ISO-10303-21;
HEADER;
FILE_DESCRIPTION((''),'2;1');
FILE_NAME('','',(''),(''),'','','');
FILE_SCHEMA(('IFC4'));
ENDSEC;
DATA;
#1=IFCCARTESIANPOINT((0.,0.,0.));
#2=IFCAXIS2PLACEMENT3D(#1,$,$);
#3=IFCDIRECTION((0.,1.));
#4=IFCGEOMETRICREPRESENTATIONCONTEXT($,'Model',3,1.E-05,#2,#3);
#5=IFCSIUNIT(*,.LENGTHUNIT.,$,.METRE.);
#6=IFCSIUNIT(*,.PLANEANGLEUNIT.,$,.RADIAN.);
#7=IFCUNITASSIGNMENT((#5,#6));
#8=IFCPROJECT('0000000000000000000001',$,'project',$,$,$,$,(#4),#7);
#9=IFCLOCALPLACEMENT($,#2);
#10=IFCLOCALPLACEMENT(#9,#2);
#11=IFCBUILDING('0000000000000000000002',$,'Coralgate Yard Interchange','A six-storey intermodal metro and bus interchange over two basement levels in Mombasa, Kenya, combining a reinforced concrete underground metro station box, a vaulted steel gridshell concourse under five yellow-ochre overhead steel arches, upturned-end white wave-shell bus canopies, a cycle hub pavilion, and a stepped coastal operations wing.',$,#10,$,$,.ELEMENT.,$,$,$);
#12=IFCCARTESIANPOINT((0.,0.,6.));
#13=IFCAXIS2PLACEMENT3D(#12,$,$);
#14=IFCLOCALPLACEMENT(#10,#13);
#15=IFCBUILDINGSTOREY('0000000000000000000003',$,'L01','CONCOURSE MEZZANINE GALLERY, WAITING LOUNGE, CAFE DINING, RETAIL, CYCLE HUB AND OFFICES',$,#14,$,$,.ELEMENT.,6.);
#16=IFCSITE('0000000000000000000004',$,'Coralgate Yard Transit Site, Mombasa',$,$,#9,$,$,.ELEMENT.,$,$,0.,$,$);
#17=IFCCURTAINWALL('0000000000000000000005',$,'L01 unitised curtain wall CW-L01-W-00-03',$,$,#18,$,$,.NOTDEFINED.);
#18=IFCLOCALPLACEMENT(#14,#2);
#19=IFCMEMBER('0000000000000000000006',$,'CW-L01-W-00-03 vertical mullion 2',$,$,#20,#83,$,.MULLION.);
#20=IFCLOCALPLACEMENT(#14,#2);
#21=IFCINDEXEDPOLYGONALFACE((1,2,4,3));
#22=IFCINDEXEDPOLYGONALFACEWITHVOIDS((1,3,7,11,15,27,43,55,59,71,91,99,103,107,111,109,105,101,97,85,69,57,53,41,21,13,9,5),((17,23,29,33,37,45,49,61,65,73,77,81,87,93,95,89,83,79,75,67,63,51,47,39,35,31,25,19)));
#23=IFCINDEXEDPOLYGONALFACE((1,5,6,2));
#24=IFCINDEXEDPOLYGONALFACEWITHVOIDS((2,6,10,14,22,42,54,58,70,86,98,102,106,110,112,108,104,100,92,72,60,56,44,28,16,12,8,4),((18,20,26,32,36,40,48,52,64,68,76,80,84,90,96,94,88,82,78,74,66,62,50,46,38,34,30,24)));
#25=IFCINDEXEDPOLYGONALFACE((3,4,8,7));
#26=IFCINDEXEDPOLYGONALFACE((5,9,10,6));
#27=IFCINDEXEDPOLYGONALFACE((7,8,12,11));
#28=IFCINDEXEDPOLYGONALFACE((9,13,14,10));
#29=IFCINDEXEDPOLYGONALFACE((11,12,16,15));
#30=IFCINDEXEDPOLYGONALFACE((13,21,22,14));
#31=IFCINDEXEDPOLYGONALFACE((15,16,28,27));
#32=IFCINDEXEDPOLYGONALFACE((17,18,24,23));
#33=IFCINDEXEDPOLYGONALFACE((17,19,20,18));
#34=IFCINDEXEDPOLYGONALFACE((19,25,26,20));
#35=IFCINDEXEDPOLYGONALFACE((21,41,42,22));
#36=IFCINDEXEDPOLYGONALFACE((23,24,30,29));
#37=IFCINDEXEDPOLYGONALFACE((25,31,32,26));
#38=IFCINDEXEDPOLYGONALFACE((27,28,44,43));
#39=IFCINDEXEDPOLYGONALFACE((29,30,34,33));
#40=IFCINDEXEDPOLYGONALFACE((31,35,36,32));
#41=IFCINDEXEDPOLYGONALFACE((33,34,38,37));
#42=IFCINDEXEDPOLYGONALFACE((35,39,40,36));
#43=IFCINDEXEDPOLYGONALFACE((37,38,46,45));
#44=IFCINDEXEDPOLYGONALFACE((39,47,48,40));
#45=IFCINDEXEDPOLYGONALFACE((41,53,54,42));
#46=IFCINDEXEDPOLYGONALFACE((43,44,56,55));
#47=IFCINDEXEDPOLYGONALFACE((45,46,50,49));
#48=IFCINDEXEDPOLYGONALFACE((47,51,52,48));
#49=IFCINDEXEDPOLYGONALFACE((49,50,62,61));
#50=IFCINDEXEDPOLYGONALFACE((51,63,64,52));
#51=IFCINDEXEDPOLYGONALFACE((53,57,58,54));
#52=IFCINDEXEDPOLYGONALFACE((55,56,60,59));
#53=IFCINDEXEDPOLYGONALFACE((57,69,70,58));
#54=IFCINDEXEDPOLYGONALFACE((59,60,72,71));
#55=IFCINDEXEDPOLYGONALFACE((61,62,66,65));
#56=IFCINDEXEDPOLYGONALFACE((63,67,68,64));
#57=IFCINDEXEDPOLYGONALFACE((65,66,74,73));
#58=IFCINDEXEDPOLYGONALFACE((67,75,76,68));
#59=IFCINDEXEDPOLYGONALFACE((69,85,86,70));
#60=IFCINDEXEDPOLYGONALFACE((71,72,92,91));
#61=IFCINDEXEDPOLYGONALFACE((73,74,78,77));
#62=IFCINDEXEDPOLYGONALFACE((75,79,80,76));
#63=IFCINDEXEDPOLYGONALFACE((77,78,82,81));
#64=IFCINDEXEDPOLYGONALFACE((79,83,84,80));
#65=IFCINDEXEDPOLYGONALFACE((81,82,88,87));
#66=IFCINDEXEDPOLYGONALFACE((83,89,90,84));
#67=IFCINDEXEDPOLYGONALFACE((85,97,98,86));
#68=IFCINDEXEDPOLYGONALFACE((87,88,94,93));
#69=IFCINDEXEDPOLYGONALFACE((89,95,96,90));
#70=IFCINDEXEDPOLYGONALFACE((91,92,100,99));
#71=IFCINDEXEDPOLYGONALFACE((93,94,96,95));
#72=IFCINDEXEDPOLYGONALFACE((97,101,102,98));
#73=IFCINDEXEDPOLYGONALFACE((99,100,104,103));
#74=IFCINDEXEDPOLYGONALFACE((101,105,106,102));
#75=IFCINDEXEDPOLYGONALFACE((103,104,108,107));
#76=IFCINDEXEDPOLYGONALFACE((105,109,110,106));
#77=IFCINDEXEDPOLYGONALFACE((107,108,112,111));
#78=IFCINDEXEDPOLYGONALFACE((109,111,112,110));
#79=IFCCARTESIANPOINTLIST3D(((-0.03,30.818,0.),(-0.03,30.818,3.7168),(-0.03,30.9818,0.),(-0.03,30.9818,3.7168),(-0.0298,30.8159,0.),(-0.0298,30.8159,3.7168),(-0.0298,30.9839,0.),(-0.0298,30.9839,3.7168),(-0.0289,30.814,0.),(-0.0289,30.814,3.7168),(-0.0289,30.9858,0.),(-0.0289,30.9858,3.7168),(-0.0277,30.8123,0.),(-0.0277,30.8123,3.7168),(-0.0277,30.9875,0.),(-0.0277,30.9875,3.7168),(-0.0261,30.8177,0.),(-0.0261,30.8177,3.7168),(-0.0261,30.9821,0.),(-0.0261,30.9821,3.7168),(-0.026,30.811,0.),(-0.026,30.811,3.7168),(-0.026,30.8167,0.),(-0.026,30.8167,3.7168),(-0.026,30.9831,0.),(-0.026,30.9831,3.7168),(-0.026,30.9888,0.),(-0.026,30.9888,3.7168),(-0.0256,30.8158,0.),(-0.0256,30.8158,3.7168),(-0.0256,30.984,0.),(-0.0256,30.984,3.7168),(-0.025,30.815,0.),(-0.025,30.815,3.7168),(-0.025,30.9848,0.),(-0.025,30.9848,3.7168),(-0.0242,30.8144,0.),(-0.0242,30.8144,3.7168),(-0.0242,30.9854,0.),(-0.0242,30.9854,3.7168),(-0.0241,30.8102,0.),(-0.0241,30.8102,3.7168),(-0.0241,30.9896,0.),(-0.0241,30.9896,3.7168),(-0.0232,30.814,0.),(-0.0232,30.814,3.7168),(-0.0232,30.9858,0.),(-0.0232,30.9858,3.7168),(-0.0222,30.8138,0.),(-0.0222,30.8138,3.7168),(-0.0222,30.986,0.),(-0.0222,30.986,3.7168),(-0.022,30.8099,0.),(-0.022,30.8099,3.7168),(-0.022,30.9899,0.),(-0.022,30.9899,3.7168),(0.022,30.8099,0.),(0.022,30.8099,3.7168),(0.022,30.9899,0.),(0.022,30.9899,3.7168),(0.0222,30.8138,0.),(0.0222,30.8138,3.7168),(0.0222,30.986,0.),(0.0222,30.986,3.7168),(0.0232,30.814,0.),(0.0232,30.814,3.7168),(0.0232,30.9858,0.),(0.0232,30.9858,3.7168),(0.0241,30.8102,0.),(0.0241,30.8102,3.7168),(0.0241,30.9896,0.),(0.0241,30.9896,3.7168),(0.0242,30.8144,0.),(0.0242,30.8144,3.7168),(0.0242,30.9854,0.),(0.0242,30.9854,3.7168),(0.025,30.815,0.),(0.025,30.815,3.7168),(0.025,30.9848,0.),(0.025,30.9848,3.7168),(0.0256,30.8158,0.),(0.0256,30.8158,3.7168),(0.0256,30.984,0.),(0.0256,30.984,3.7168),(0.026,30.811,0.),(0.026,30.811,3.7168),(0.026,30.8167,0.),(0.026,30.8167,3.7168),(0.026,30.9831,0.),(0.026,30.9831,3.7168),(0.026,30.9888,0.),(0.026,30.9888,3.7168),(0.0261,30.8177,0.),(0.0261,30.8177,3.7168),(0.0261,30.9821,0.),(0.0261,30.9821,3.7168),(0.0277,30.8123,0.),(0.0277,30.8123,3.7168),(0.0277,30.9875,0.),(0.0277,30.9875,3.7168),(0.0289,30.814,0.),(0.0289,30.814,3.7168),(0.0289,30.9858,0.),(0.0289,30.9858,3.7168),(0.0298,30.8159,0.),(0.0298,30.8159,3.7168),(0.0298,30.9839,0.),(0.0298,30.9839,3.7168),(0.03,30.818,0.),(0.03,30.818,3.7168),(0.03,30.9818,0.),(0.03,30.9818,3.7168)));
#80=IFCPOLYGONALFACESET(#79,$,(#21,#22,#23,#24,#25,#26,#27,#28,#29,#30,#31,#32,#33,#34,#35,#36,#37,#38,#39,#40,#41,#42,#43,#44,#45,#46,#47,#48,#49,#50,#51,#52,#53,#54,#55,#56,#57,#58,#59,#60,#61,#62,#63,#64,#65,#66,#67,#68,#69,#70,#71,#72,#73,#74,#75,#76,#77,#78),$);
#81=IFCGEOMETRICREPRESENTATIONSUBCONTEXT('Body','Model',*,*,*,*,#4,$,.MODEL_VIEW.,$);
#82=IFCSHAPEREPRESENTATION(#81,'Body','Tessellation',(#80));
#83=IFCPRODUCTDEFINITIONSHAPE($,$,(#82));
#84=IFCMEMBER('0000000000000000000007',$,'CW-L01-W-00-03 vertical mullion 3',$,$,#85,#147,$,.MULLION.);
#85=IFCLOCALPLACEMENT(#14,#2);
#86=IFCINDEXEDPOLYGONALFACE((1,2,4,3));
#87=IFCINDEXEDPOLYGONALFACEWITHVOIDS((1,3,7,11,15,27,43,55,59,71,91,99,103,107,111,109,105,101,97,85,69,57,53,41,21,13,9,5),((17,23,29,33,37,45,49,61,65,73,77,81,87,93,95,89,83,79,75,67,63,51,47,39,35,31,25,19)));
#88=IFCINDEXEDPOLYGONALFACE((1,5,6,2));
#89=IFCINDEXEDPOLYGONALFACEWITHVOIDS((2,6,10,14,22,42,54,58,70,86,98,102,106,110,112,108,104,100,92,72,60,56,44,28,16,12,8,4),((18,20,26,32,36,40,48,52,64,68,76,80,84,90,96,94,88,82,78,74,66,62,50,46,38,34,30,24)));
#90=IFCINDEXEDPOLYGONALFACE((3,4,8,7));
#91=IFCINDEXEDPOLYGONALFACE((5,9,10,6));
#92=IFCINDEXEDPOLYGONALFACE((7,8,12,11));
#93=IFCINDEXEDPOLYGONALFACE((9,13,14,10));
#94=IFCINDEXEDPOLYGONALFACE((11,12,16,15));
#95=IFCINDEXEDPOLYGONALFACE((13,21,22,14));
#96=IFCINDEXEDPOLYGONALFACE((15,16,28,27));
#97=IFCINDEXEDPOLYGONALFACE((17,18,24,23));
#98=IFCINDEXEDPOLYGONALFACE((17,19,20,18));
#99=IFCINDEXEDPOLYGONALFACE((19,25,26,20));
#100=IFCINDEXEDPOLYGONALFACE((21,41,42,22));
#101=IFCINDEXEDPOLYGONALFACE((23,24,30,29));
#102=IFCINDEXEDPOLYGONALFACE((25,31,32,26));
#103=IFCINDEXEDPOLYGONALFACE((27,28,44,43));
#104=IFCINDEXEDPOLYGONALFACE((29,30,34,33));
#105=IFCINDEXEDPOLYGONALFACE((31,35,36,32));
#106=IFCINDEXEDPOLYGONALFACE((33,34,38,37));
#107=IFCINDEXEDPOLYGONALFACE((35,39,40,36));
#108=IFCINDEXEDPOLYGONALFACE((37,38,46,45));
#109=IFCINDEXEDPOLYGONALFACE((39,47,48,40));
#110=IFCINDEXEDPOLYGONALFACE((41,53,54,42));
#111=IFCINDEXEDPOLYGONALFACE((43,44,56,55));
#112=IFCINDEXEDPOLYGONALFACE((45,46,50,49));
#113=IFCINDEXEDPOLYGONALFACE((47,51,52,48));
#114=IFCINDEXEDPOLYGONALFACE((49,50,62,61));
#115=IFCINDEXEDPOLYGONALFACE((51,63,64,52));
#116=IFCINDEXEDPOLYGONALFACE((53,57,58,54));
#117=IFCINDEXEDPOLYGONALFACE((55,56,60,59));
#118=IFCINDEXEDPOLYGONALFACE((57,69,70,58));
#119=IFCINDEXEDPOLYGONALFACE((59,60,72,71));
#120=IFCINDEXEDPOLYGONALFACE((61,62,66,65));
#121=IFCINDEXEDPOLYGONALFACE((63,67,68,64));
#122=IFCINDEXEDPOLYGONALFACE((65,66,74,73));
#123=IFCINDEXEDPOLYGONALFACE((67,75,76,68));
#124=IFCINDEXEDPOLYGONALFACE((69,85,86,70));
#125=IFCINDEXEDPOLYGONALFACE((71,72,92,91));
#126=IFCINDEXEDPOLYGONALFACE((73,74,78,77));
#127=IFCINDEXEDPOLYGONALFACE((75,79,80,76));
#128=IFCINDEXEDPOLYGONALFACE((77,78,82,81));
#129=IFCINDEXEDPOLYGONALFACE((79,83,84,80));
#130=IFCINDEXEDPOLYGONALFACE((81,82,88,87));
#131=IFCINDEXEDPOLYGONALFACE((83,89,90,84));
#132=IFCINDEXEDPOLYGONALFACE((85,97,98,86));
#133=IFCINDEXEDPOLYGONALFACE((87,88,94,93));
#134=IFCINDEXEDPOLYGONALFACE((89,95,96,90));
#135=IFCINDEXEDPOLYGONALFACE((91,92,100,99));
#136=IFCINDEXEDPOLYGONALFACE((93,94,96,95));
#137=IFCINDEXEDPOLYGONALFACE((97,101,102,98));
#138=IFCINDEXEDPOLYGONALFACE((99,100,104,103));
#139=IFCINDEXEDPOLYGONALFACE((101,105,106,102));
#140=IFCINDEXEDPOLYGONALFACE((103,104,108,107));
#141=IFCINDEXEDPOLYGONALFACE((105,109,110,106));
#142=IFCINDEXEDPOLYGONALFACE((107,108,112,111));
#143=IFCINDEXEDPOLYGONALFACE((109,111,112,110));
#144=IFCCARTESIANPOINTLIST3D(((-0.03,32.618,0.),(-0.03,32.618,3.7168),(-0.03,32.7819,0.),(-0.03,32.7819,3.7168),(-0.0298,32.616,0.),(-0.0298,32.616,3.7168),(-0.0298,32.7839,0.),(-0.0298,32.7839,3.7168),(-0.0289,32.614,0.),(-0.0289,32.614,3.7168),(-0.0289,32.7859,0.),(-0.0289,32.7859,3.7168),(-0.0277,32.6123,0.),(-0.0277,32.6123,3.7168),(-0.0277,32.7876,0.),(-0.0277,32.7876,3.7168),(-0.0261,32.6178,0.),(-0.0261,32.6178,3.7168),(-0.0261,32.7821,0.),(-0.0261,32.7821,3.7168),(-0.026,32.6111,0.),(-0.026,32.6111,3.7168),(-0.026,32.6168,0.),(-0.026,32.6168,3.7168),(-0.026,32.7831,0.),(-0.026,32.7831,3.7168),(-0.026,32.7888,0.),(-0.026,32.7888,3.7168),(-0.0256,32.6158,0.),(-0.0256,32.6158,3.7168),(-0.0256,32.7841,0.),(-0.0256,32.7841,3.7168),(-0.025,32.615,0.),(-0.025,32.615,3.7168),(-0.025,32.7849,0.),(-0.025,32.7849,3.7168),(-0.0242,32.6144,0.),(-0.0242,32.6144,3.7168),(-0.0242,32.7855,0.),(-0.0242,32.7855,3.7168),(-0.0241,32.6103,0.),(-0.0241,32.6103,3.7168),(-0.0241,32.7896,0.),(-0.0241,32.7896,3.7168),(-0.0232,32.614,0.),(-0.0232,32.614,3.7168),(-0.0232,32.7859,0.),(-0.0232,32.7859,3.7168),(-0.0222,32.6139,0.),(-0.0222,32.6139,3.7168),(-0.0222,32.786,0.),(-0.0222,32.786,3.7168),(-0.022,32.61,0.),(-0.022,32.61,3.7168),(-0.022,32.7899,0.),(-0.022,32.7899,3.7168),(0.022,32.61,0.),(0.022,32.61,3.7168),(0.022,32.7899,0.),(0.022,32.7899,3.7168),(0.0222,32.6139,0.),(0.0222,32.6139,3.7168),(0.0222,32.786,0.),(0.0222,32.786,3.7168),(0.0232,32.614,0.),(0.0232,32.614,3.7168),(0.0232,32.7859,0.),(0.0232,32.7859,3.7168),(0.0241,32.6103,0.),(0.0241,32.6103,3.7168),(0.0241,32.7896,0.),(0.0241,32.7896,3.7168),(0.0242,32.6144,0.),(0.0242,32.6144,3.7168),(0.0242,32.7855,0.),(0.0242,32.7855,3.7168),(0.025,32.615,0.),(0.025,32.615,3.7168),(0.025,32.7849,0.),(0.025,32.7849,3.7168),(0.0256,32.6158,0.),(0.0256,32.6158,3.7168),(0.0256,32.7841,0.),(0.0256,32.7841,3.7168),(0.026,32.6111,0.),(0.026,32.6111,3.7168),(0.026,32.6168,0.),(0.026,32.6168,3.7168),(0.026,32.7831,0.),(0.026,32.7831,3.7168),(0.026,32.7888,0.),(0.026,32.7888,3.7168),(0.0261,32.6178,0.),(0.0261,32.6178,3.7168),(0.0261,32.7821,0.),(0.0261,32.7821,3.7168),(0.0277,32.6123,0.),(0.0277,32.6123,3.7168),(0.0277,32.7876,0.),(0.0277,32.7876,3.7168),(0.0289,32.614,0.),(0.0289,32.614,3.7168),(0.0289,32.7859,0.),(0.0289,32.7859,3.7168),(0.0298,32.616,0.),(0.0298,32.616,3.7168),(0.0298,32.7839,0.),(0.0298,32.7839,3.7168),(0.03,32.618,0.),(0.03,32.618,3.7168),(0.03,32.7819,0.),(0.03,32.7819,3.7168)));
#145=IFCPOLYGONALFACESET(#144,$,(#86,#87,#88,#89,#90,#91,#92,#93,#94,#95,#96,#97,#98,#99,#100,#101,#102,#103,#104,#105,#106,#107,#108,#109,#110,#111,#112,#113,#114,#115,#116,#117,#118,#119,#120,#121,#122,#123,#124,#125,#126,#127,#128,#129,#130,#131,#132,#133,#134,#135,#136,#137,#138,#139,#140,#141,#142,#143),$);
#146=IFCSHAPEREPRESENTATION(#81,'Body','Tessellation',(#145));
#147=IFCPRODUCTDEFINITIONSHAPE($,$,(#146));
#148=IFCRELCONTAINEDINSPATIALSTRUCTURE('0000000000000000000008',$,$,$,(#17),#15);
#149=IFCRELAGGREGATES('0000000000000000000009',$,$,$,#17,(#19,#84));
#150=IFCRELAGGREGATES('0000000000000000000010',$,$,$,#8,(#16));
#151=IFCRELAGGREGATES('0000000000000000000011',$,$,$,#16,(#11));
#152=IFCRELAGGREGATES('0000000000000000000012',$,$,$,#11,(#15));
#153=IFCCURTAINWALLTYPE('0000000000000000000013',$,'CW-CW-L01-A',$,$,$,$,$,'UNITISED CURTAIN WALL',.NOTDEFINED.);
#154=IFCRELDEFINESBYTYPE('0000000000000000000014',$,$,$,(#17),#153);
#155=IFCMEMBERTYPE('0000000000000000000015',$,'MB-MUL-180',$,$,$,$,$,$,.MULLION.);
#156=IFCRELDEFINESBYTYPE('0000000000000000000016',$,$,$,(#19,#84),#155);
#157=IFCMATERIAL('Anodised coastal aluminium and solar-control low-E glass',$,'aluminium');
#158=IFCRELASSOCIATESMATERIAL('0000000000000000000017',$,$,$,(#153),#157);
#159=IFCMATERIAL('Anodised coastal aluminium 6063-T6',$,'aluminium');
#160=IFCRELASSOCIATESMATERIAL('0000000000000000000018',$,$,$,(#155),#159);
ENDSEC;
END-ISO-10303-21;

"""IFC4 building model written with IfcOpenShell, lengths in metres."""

from ifc_helpers import new_model, si_unit, direction, frame, origin, origin_2d, place, context, subcontext, project, spatial, hollow_rectangle, extrude, material, material_profile, profile_set, type_object, element, aggregate, save


model = new_model("IFC4")

# Units and contexts
model_context = context("Model", 3, precision=1e-05, world=origin(), true_north=direction((0.0, 1.0)))
body_context = subcontext(model_context, "Body", "Model", "MODEL_VIEW")
ifc_project = project(units=[si_unit("LENGTHUNIT", "METRE"), si_unit("PLANEANGLEUNIT", "RADIAN")], contexts=[model_context])

# Site, building, storey
site_placement = place(None, origin())
site = spatial("IfcSite", under=ifc_project, at=site_placement, Name="Coralgate Yard Transit Site, Mombasa", CompositionType="ELEMENT", RefElevation=0.0)
building_placement = place(site_placement, origin())
building = spatial("IfcBuilding", under=site, at=building_placement, Name="Coralgate Yard Interchange", Description="A six-storey intermodal metro and bus interchange over two basement levels in Mombasa, Kenya, combining a reinforced concrete underground metro station box, a vaulted steel gridshell concourse under five yellow-ochre overhead steel arches, upturned-end white wave-shell bus canopies, a cycle hub pavilion, and a stepped coastal operations wing.", CompositionType="ELEMENT")
storey_placement = place(building_placement, frame((0.0, 0.0, 6.0)))
storey = spatial("IfcBuildingStorey", under=building, at=storey_placement, Name="L01", Description="CONCOURSE MEZZANINE GALLERY, WAITING LOUNGE, CAFE DINING, RETAIL, CYCLE HUB AND OFFICES", CompositionType="ELEMENT", Elevation=6.0)

# Curtain wall, members
ifc_material_1 = material(Name="Anodised coastal aluminium and solar-control low-E glass", Category="aluminium")
curtain_wall_type = type_object("IfcCurtainWallType", Name="CW-CW-L01-A", ElementType="UNITISED CURTAIN WALL", PredefinedType="NOTDEFINED", material=ifc_material_1)
curtain_wall_placement = place(storey_placement, origin())
curtain_wall = element("IfcCurtainWall", 1, at=curtain_wall_placement, inside=storey, type_object=curtain_wall_type, Name="L01 unitised curtain wall CW-L01-W-00-03", PredefinedType="NOTDEFINED")
ifc_material_2 = material(Name="Anodised coastal aluminium 6063-T6", Category="aluminium")
ifc_material_profile_1 = material_profile(ifc_material_2, hollow_rectangle(XDim=0.0601, YDim=0.1799, WallThickness=0.0039, InnerFilletRadius=0.0039, OuterFilletRadius=0.0081, at=origin_2d()), Name="ALU 60x180x4")
ifc_profile_set_1 = profile_set([ifc_material_profile_1], Name="Anodised coastal aluminium 6063-T6")
member_type_1 = type_object("IfcMemberType", Name="MB-MUL-180", PredefinedType="MULLION", material=ifc_profile_set_1)
member_1_placement = place(storey_placement, frame((0.0, 30.8999, 0.0), z_axis=(0.0, 0.0, 1.0), x_axis=(1.0, 0.0, 0.0)))
member_1 = element("IfcMember", 2, at=member_1_placement, type_object=member_type_1, Name="CW-L01-W-00-03 vertical mullion 2", PredefinedType="MULLION", context=body_context, shape_type="SweptSolid", body=[
    extrude(hollow_rectangle(XDim=0.0601, YDim=0.1799, WallThickness=0.0039, InnerFilletRadius=0.0039, OuterFilletRadius=0.0081, at=origin_2d()), origin(), (0.0, 0.0, 1.0), 3.7168),
])
member_2_placement = place(storey_placement, frame((0.0, 32.7, 0.0), z_axis=(0.0, 0.0, 1.0), x_axis=(1.0, 0.0, 0.0)))
member_2 = element("IfcMember", 3, at=member_2_placement, type_object=member_type_1, Name="CW-L01-W-00-03 vertical mullion 3", PredefinedType="MULLION", context=body_context, shape_type="SweptSolid", body=[
    extrude(hollow_rectangle(XDim=0.0601, YDim=0.1799, WallThickness=0.0039, InnerFilletRadius=0.0039, OuterFilletRadius=0.0081, at=origin_2d()), origin(), (0.0, 0.0, 1.0), 3.7168),
])
aggregate(curtain_wall, [member_1, member_2])

save(model, "model.ifc")
